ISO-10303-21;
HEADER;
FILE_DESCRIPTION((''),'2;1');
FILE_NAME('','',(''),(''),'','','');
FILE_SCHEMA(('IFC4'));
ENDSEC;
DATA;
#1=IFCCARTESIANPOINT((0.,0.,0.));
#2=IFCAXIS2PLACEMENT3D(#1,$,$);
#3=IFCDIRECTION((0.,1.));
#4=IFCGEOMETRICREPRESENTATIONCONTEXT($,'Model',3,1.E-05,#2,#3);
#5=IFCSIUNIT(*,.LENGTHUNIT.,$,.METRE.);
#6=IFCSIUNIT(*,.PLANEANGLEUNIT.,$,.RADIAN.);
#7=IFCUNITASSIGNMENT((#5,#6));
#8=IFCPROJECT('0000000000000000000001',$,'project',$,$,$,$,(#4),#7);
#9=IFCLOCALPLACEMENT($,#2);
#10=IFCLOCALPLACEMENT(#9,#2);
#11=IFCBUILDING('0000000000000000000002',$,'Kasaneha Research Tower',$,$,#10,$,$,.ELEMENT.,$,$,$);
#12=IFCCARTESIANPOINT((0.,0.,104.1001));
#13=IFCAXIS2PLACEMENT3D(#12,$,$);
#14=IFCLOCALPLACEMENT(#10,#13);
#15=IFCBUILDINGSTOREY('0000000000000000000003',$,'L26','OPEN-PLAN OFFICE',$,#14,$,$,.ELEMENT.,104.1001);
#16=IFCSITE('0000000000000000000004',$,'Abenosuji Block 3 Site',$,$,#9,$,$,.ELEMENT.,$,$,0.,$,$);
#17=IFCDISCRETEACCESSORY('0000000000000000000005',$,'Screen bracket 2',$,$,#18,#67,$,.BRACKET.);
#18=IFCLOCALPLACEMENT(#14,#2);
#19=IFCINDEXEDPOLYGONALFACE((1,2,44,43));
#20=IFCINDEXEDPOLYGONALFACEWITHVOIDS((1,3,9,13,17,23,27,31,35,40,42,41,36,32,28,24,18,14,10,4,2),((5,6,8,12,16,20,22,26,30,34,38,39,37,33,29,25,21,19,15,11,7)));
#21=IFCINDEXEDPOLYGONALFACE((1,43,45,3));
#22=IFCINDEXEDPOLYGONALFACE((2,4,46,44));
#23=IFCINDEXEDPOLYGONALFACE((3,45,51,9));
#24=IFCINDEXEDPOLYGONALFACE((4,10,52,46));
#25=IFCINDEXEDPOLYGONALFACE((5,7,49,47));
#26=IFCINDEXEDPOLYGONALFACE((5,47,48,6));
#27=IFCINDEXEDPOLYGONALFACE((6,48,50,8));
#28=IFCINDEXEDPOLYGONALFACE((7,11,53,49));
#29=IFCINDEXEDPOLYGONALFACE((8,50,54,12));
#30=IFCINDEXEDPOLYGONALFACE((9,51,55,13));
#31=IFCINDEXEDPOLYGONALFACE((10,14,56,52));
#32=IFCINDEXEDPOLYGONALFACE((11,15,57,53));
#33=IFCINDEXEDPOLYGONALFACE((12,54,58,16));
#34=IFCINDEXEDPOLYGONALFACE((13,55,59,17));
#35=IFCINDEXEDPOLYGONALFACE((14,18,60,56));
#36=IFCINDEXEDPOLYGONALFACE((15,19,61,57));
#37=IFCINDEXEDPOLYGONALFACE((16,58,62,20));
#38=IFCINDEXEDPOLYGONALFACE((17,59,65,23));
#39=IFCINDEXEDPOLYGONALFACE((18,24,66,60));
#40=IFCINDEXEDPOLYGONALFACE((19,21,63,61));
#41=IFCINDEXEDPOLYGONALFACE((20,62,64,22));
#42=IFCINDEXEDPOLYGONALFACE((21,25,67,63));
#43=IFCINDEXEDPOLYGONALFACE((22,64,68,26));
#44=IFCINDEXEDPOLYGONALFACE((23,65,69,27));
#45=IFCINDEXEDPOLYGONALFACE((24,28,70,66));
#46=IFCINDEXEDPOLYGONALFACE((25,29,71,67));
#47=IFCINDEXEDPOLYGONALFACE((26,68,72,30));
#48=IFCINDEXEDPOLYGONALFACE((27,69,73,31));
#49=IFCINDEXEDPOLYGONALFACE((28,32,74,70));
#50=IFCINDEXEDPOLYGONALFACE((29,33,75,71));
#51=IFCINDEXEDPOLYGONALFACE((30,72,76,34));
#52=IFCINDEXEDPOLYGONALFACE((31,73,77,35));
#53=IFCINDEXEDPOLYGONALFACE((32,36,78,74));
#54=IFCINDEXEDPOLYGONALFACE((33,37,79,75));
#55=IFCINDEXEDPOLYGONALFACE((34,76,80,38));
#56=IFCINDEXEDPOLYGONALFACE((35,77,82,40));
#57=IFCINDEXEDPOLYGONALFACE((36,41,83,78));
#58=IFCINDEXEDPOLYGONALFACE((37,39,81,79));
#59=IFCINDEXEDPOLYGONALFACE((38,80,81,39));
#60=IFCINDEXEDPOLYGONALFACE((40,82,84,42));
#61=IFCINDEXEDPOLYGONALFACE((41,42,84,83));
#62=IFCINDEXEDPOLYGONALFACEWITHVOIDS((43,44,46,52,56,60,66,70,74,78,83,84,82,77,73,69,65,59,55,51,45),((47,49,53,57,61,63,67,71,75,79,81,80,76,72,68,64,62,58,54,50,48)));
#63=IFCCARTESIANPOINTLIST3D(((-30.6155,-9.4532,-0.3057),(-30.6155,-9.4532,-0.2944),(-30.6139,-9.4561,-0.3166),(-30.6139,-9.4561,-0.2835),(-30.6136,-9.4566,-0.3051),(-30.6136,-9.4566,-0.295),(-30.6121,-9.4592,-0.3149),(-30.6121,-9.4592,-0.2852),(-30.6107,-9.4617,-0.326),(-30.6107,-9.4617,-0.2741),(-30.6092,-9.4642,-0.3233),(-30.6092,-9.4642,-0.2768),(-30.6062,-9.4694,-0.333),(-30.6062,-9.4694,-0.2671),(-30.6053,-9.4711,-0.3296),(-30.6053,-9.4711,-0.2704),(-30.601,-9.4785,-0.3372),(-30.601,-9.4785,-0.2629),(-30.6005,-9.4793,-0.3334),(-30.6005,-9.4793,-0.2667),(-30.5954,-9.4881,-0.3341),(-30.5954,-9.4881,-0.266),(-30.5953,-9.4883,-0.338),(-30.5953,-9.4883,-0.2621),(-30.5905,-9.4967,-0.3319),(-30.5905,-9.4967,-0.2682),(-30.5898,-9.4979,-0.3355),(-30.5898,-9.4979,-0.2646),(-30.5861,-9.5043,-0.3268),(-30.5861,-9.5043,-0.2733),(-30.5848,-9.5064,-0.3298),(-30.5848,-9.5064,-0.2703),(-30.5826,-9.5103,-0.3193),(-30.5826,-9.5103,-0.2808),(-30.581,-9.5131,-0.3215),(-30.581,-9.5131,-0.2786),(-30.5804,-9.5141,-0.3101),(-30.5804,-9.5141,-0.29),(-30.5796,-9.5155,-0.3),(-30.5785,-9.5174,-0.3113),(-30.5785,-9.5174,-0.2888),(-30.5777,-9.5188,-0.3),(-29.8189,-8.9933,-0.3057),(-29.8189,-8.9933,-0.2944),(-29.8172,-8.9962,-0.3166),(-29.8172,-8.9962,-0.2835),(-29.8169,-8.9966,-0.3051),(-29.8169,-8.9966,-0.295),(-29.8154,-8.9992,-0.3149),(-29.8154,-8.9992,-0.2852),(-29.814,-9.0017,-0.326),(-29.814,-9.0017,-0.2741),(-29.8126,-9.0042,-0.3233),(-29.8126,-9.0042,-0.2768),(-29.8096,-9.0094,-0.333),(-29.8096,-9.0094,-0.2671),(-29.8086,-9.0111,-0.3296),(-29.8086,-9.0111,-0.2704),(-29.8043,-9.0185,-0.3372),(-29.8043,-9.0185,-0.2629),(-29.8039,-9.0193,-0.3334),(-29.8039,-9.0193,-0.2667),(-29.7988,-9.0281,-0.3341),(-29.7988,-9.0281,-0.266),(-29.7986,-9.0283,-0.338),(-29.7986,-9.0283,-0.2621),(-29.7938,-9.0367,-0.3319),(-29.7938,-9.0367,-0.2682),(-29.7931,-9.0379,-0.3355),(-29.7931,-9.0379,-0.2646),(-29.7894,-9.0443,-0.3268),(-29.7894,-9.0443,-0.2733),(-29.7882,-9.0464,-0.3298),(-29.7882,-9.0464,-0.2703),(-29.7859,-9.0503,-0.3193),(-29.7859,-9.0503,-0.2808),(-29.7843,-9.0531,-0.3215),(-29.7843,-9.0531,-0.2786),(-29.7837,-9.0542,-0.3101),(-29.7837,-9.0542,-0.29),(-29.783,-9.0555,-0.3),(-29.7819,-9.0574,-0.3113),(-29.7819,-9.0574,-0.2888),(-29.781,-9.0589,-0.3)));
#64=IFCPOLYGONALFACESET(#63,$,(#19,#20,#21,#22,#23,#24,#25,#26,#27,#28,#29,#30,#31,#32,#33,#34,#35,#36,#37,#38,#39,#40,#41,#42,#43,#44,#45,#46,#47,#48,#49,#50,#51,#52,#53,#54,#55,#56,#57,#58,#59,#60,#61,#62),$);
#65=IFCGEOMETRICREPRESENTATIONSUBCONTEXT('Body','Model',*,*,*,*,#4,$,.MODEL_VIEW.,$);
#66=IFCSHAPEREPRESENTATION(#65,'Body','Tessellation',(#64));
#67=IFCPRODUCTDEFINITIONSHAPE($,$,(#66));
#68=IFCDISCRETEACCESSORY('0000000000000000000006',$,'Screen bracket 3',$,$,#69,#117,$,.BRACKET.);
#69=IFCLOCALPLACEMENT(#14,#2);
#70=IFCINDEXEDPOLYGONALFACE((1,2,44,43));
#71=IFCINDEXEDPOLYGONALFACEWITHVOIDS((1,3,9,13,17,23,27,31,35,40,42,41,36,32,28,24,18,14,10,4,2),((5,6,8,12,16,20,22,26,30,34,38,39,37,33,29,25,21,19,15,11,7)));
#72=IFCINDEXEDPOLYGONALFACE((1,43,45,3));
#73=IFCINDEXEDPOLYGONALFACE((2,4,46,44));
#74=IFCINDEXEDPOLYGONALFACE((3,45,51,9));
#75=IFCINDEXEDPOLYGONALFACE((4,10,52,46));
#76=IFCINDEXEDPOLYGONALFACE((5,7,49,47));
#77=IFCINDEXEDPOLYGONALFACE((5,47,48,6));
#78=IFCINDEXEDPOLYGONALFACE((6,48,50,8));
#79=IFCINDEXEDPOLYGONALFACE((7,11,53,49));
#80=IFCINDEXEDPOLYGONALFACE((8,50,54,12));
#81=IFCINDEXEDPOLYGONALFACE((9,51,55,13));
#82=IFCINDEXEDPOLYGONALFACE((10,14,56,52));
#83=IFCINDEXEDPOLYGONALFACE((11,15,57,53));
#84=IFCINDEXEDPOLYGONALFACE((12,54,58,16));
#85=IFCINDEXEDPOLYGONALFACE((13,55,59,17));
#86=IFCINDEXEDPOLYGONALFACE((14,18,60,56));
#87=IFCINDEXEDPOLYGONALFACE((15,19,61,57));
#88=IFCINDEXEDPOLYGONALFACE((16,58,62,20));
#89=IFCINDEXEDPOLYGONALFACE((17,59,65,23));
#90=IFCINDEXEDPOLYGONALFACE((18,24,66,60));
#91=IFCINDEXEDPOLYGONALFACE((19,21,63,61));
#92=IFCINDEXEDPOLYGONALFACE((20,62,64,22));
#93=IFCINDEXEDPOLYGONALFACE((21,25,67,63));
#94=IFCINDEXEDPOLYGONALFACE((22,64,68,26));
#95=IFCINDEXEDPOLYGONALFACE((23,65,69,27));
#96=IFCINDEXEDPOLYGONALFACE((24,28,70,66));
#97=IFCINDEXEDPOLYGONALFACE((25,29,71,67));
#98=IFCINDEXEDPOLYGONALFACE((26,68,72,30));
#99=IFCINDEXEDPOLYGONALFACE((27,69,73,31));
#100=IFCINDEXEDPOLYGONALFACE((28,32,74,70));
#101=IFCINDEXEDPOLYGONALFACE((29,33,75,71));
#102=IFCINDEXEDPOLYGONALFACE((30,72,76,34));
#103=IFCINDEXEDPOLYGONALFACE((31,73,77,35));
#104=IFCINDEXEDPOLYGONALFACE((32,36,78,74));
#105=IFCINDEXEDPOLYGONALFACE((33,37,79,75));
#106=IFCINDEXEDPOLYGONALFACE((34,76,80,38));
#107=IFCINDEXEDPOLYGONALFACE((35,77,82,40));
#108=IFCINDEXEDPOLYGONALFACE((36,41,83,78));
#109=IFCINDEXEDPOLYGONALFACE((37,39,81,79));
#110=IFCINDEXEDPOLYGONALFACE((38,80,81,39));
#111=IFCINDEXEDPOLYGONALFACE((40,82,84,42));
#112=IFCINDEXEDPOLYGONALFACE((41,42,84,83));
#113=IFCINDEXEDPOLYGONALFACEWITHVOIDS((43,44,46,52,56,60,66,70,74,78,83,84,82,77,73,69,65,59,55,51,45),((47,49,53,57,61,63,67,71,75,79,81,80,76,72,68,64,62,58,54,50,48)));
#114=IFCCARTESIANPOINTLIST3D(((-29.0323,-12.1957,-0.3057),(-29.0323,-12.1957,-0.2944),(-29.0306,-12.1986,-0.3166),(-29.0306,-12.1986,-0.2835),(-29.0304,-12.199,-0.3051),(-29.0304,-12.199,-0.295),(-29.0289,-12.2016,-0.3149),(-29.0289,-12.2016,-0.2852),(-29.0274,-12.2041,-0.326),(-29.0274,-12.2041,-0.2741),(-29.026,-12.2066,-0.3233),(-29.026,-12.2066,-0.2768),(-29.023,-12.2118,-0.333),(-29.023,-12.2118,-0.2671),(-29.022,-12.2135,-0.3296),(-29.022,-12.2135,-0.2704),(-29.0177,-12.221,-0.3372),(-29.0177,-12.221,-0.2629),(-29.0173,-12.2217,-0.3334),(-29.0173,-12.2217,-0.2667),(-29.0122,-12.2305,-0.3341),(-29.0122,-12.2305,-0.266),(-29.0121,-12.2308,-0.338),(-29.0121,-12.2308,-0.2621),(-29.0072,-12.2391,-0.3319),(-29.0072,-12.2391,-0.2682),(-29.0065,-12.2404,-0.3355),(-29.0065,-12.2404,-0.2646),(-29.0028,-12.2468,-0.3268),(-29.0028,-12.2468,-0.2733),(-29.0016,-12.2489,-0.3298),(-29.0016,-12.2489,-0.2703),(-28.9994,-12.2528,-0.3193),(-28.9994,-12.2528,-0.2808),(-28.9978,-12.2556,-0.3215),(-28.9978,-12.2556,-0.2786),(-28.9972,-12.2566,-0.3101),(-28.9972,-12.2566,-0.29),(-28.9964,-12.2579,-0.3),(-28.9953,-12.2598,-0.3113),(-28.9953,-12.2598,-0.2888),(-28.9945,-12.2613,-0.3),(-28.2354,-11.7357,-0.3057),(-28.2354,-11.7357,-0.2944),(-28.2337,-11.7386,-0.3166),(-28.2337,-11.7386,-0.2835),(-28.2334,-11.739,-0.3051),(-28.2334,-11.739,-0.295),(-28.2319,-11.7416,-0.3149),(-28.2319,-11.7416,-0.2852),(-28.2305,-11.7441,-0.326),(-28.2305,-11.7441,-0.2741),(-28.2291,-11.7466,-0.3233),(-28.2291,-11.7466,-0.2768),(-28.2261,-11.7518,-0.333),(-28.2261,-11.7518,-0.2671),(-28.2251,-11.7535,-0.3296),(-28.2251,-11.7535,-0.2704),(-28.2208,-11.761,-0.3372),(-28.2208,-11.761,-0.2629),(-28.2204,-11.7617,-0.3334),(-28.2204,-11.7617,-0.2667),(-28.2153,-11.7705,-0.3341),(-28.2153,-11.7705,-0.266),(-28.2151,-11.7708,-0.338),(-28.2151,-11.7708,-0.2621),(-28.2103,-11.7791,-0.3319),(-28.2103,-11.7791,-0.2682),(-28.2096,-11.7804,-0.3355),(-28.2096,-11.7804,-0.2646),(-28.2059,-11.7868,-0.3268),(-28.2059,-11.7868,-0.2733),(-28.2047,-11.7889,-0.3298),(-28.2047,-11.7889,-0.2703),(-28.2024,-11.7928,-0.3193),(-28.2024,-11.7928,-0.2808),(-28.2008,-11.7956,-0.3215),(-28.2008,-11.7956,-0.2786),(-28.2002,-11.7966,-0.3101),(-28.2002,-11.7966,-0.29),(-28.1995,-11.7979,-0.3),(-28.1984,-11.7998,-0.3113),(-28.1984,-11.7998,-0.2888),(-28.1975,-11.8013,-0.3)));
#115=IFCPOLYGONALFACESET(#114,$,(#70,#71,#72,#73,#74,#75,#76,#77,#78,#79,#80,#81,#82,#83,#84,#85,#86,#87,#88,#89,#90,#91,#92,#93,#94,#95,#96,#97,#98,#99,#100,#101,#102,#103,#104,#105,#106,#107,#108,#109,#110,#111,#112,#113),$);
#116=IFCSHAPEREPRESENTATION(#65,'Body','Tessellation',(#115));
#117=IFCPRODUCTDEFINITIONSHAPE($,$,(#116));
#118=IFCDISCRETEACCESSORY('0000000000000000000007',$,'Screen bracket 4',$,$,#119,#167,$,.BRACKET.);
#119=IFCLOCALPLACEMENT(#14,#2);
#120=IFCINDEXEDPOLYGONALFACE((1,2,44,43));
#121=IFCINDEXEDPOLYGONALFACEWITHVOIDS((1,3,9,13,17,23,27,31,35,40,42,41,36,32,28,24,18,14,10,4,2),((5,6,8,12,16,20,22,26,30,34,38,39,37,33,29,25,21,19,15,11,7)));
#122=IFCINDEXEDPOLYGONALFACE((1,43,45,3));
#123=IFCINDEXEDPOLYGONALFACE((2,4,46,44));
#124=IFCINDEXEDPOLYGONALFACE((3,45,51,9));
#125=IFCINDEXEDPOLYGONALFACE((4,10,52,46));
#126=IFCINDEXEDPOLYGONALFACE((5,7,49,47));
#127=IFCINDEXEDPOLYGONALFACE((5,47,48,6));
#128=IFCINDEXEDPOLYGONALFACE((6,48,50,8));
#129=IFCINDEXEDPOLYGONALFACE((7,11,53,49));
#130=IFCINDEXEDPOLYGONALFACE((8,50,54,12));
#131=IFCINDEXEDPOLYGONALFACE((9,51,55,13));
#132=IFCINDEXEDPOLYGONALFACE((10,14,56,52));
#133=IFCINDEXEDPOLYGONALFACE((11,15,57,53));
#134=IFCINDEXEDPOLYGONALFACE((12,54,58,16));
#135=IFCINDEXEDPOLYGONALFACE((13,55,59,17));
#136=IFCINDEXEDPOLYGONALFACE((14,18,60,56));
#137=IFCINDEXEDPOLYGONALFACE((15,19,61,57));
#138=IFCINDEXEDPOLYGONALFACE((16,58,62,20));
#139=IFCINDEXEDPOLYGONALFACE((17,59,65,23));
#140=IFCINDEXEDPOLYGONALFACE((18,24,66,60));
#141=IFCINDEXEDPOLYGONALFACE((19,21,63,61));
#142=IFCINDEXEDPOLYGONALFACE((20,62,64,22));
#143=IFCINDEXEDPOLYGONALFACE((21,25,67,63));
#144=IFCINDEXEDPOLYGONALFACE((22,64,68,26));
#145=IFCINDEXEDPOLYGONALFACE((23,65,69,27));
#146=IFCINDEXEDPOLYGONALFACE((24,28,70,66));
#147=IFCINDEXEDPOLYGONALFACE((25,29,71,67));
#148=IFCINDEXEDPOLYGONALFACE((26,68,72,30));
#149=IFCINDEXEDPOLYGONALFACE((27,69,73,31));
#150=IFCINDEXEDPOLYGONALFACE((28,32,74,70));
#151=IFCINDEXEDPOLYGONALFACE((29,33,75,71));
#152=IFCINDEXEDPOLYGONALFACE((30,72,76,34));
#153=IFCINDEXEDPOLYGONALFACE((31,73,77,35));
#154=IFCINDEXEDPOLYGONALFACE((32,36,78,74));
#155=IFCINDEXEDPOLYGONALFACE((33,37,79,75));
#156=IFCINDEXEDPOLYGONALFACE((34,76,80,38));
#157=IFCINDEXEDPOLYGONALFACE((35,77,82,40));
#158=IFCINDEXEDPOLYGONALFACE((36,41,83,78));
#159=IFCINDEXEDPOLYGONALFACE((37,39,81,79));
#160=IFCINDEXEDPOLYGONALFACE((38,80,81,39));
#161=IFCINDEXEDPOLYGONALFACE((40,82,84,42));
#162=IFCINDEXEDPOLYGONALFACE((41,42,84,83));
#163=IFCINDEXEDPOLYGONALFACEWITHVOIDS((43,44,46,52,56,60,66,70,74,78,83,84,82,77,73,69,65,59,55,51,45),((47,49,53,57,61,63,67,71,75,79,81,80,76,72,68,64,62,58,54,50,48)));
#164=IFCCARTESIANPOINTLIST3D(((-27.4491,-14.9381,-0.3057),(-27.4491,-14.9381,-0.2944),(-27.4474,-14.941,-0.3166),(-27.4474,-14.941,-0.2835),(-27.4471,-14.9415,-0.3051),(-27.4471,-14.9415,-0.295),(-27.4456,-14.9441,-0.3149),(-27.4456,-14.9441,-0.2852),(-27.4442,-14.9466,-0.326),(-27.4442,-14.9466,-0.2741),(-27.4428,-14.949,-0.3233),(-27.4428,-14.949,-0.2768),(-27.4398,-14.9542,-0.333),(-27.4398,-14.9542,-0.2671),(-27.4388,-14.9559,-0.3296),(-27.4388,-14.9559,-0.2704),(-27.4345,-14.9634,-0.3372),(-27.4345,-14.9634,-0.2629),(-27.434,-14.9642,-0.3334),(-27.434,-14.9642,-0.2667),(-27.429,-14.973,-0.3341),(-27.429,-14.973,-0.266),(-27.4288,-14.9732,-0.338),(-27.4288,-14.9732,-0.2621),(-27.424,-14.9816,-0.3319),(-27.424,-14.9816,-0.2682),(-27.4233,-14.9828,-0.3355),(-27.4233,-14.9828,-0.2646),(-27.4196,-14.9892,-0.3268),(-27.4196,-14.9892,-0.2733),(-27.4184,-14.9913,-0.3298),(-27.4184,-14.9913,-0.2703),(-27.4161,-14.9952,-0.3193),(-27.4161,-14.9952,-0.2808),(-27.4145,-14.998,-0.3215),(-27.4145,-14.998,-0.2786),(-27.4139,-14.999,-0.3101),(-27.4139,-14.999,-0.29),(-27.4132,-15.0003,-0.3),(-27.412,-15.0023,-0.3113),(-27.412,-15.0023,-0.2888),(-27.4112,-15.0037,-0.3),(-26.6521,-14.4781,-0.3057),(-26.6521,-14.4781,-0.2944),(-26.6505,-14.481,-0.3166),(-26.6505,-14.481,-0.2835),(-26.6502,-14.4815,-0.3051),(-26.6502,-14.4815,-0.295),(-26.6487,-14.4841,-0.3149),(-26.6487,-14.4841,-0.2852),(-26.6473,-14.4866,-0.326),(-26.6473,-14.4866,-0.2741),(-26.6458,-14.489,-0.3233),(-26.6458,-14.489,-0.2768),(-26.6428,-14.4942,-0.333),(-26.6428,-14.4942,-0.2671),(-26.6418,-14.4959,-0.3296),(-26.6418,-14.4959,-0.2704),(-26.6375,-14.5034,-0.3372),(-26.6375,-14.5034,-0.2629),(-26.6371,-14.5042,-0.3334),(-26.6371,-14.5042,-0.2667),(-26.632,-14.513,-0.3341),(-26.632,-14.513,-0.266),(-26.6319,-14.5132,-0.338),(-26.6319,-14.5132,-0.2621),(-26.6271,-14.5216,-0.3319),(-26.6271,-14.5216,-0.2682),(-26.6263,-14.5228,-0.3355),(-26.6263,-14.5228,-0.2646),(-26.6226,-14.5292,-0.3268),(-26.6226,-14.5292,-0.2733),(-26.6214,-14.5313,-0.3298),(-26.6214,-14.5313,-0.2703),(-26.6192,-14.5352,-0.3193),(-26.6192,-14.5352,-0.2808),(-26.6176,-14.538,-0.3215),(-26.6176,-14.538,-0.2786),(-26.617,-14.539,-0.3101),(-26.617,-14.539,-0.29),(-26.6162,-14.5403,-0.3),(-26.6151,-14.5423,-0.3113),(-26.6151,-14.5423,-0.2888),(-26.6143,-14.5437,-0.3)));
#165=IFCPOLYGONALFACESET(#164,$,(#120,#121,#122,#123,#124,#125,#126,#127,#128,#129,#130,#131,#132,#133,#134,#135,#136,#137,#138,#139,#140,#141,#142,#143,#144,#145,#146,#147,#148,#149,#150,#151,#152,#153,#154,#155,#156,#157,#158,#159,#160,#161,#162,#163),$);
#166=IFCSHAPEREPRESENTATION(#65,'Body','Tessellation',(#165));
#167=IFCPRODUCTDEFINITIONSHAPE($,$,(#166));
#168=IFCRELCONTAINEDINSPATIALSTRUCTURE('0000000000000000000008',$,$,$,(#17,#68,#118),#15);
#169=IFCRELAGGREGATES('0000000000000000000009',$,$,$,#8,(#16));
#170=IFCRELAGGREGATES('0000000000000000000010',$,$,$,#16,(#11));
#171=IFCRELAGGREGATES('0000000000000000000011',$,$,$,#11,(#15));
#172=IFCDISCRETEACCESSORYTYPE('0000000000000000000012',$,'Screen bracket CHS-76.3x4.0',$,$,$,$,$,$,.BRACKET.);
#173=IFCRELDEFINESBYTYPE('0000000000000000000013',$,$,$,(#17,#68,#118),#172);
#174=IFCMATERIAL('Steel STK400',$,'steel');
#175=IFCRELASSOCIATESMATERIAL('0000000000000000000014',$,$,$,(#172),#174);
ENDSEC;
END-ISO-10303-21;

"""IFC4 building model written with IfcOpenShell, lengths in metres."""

from ifc_helpers import new_model, si_unit, direction, frame, origin, origin_2d, place, context, subcontext, project, spatial, hollow_circle, extrude, material, material_profile, profile_set, type_object, element, save


model = new_model("IFC4")

# Units and contexts
model_context = context("Model", 3, precision=1e-05, world=origin(), true_north=direction((0.0, 1.0)))
body_context = subcontext(model_context, "Body", "Model", "MODEL_VIEW")
ifc_project = project(units=[si_unit("LENGTHUNIT", "METRE"), si_unit("PLANEANGLEUNIT", "RADIAN")], contexts=[model_context])

# Site, building, storey
site_placement = place(None, origin())
site = spatial("IfcSite", under=ifc_project, at=site_placement, Name="Abenosuji Block 3 Site", CompositionType="ELEMENT", RefElevation=0.0)
building_placement = place(site_placement, origin())
building = spatial("IfcBuilding", under=site, at=building_placement, Name="Kasaneha Research Tower", CompositionType="ELEMENT")
storey_placement = place(building_placement, frame((0.0, 0.0, 104.1001)))
storey = spatial("IfcBuildingStorey", under=building, at=storey_placement, Name="L26", Description="OPEN-PLAN OFFICE", CompositionType="ELEMENT", Elevation=104.1001)

# Discrete accessories
ifc_material_1 = material(Name="Steel STK400", Category="steel")
ifc_material_profile_1 = material_profile(ifc_material_1, hollow_circle(Radius=0.0381, WallThickness=0.0039, at=origin_2d()), Name="CHS-76.3x4.0")
ifc_profile_set_1 = profile_set([ifc_material_profile_1], Name="Steel STK400")
discrete_accessory_type = type_object("IfcDiscreteAccessoryType", Name="Screen bracket CHS-76.3x4.0", PredefinedType="BRACKET", material=ifc_profile_set_1)
for number, where, z_axis, x_axis, name in (
    (1, (-29.8, -9.0259, -0.3), (-0.866013, -0.500021, 0.0), (0.500021, -0.866013, 0.0), "Screen bracket 2"),
):
    element("IfcDiscreteAccessory", number, at=place(storey_placement, frame(where, z_axis=z_axis, x_axis=x_axis)), inside=storey, type_object=discrete_accessory_type, Name=name, PredefinedType="BRACKET", context=body_context, shape_type="SweptSolid", body=[
        extrude(hollow_circle(Radius=0.0381, WallThickness=0.0039, at=origin_2d()), origin(), (0.0, 0.0, 1.0), 0.9199),
    ])
for number, where, z_axis, x_axis, name in (
    (2, (-28.2166, -11.7683, -0.3), (-0.86608, -0.499906, 0.0), (0.499906, -0.86608, 0.0), "Screen bracket 3"),
    (3, (-26.6333, -14.5107, -0.3), (-0.86608, -0.499906, 0.0), (0.499906, -0.86608, 0.0), "Screen bracket 4"),
):
    element("IfcDiscreteAccessory", number, at=place(storey_placement, frame(where, z_axis=z_axis, x_axis=x_axis)), inside=storey, type_object=discrete_accessory_type, Name=name, PredefinedType="BRACKET", context=body_context, shape_type="SweptSolid", body=[
        extrude(hollow_circle(Radius=0.0381, WallThickness=0.0039, at=origin_2d()), origin(), (0.0, 0.0, 1.0), 0.9202),
    ])

save(model, "model.ifc")
